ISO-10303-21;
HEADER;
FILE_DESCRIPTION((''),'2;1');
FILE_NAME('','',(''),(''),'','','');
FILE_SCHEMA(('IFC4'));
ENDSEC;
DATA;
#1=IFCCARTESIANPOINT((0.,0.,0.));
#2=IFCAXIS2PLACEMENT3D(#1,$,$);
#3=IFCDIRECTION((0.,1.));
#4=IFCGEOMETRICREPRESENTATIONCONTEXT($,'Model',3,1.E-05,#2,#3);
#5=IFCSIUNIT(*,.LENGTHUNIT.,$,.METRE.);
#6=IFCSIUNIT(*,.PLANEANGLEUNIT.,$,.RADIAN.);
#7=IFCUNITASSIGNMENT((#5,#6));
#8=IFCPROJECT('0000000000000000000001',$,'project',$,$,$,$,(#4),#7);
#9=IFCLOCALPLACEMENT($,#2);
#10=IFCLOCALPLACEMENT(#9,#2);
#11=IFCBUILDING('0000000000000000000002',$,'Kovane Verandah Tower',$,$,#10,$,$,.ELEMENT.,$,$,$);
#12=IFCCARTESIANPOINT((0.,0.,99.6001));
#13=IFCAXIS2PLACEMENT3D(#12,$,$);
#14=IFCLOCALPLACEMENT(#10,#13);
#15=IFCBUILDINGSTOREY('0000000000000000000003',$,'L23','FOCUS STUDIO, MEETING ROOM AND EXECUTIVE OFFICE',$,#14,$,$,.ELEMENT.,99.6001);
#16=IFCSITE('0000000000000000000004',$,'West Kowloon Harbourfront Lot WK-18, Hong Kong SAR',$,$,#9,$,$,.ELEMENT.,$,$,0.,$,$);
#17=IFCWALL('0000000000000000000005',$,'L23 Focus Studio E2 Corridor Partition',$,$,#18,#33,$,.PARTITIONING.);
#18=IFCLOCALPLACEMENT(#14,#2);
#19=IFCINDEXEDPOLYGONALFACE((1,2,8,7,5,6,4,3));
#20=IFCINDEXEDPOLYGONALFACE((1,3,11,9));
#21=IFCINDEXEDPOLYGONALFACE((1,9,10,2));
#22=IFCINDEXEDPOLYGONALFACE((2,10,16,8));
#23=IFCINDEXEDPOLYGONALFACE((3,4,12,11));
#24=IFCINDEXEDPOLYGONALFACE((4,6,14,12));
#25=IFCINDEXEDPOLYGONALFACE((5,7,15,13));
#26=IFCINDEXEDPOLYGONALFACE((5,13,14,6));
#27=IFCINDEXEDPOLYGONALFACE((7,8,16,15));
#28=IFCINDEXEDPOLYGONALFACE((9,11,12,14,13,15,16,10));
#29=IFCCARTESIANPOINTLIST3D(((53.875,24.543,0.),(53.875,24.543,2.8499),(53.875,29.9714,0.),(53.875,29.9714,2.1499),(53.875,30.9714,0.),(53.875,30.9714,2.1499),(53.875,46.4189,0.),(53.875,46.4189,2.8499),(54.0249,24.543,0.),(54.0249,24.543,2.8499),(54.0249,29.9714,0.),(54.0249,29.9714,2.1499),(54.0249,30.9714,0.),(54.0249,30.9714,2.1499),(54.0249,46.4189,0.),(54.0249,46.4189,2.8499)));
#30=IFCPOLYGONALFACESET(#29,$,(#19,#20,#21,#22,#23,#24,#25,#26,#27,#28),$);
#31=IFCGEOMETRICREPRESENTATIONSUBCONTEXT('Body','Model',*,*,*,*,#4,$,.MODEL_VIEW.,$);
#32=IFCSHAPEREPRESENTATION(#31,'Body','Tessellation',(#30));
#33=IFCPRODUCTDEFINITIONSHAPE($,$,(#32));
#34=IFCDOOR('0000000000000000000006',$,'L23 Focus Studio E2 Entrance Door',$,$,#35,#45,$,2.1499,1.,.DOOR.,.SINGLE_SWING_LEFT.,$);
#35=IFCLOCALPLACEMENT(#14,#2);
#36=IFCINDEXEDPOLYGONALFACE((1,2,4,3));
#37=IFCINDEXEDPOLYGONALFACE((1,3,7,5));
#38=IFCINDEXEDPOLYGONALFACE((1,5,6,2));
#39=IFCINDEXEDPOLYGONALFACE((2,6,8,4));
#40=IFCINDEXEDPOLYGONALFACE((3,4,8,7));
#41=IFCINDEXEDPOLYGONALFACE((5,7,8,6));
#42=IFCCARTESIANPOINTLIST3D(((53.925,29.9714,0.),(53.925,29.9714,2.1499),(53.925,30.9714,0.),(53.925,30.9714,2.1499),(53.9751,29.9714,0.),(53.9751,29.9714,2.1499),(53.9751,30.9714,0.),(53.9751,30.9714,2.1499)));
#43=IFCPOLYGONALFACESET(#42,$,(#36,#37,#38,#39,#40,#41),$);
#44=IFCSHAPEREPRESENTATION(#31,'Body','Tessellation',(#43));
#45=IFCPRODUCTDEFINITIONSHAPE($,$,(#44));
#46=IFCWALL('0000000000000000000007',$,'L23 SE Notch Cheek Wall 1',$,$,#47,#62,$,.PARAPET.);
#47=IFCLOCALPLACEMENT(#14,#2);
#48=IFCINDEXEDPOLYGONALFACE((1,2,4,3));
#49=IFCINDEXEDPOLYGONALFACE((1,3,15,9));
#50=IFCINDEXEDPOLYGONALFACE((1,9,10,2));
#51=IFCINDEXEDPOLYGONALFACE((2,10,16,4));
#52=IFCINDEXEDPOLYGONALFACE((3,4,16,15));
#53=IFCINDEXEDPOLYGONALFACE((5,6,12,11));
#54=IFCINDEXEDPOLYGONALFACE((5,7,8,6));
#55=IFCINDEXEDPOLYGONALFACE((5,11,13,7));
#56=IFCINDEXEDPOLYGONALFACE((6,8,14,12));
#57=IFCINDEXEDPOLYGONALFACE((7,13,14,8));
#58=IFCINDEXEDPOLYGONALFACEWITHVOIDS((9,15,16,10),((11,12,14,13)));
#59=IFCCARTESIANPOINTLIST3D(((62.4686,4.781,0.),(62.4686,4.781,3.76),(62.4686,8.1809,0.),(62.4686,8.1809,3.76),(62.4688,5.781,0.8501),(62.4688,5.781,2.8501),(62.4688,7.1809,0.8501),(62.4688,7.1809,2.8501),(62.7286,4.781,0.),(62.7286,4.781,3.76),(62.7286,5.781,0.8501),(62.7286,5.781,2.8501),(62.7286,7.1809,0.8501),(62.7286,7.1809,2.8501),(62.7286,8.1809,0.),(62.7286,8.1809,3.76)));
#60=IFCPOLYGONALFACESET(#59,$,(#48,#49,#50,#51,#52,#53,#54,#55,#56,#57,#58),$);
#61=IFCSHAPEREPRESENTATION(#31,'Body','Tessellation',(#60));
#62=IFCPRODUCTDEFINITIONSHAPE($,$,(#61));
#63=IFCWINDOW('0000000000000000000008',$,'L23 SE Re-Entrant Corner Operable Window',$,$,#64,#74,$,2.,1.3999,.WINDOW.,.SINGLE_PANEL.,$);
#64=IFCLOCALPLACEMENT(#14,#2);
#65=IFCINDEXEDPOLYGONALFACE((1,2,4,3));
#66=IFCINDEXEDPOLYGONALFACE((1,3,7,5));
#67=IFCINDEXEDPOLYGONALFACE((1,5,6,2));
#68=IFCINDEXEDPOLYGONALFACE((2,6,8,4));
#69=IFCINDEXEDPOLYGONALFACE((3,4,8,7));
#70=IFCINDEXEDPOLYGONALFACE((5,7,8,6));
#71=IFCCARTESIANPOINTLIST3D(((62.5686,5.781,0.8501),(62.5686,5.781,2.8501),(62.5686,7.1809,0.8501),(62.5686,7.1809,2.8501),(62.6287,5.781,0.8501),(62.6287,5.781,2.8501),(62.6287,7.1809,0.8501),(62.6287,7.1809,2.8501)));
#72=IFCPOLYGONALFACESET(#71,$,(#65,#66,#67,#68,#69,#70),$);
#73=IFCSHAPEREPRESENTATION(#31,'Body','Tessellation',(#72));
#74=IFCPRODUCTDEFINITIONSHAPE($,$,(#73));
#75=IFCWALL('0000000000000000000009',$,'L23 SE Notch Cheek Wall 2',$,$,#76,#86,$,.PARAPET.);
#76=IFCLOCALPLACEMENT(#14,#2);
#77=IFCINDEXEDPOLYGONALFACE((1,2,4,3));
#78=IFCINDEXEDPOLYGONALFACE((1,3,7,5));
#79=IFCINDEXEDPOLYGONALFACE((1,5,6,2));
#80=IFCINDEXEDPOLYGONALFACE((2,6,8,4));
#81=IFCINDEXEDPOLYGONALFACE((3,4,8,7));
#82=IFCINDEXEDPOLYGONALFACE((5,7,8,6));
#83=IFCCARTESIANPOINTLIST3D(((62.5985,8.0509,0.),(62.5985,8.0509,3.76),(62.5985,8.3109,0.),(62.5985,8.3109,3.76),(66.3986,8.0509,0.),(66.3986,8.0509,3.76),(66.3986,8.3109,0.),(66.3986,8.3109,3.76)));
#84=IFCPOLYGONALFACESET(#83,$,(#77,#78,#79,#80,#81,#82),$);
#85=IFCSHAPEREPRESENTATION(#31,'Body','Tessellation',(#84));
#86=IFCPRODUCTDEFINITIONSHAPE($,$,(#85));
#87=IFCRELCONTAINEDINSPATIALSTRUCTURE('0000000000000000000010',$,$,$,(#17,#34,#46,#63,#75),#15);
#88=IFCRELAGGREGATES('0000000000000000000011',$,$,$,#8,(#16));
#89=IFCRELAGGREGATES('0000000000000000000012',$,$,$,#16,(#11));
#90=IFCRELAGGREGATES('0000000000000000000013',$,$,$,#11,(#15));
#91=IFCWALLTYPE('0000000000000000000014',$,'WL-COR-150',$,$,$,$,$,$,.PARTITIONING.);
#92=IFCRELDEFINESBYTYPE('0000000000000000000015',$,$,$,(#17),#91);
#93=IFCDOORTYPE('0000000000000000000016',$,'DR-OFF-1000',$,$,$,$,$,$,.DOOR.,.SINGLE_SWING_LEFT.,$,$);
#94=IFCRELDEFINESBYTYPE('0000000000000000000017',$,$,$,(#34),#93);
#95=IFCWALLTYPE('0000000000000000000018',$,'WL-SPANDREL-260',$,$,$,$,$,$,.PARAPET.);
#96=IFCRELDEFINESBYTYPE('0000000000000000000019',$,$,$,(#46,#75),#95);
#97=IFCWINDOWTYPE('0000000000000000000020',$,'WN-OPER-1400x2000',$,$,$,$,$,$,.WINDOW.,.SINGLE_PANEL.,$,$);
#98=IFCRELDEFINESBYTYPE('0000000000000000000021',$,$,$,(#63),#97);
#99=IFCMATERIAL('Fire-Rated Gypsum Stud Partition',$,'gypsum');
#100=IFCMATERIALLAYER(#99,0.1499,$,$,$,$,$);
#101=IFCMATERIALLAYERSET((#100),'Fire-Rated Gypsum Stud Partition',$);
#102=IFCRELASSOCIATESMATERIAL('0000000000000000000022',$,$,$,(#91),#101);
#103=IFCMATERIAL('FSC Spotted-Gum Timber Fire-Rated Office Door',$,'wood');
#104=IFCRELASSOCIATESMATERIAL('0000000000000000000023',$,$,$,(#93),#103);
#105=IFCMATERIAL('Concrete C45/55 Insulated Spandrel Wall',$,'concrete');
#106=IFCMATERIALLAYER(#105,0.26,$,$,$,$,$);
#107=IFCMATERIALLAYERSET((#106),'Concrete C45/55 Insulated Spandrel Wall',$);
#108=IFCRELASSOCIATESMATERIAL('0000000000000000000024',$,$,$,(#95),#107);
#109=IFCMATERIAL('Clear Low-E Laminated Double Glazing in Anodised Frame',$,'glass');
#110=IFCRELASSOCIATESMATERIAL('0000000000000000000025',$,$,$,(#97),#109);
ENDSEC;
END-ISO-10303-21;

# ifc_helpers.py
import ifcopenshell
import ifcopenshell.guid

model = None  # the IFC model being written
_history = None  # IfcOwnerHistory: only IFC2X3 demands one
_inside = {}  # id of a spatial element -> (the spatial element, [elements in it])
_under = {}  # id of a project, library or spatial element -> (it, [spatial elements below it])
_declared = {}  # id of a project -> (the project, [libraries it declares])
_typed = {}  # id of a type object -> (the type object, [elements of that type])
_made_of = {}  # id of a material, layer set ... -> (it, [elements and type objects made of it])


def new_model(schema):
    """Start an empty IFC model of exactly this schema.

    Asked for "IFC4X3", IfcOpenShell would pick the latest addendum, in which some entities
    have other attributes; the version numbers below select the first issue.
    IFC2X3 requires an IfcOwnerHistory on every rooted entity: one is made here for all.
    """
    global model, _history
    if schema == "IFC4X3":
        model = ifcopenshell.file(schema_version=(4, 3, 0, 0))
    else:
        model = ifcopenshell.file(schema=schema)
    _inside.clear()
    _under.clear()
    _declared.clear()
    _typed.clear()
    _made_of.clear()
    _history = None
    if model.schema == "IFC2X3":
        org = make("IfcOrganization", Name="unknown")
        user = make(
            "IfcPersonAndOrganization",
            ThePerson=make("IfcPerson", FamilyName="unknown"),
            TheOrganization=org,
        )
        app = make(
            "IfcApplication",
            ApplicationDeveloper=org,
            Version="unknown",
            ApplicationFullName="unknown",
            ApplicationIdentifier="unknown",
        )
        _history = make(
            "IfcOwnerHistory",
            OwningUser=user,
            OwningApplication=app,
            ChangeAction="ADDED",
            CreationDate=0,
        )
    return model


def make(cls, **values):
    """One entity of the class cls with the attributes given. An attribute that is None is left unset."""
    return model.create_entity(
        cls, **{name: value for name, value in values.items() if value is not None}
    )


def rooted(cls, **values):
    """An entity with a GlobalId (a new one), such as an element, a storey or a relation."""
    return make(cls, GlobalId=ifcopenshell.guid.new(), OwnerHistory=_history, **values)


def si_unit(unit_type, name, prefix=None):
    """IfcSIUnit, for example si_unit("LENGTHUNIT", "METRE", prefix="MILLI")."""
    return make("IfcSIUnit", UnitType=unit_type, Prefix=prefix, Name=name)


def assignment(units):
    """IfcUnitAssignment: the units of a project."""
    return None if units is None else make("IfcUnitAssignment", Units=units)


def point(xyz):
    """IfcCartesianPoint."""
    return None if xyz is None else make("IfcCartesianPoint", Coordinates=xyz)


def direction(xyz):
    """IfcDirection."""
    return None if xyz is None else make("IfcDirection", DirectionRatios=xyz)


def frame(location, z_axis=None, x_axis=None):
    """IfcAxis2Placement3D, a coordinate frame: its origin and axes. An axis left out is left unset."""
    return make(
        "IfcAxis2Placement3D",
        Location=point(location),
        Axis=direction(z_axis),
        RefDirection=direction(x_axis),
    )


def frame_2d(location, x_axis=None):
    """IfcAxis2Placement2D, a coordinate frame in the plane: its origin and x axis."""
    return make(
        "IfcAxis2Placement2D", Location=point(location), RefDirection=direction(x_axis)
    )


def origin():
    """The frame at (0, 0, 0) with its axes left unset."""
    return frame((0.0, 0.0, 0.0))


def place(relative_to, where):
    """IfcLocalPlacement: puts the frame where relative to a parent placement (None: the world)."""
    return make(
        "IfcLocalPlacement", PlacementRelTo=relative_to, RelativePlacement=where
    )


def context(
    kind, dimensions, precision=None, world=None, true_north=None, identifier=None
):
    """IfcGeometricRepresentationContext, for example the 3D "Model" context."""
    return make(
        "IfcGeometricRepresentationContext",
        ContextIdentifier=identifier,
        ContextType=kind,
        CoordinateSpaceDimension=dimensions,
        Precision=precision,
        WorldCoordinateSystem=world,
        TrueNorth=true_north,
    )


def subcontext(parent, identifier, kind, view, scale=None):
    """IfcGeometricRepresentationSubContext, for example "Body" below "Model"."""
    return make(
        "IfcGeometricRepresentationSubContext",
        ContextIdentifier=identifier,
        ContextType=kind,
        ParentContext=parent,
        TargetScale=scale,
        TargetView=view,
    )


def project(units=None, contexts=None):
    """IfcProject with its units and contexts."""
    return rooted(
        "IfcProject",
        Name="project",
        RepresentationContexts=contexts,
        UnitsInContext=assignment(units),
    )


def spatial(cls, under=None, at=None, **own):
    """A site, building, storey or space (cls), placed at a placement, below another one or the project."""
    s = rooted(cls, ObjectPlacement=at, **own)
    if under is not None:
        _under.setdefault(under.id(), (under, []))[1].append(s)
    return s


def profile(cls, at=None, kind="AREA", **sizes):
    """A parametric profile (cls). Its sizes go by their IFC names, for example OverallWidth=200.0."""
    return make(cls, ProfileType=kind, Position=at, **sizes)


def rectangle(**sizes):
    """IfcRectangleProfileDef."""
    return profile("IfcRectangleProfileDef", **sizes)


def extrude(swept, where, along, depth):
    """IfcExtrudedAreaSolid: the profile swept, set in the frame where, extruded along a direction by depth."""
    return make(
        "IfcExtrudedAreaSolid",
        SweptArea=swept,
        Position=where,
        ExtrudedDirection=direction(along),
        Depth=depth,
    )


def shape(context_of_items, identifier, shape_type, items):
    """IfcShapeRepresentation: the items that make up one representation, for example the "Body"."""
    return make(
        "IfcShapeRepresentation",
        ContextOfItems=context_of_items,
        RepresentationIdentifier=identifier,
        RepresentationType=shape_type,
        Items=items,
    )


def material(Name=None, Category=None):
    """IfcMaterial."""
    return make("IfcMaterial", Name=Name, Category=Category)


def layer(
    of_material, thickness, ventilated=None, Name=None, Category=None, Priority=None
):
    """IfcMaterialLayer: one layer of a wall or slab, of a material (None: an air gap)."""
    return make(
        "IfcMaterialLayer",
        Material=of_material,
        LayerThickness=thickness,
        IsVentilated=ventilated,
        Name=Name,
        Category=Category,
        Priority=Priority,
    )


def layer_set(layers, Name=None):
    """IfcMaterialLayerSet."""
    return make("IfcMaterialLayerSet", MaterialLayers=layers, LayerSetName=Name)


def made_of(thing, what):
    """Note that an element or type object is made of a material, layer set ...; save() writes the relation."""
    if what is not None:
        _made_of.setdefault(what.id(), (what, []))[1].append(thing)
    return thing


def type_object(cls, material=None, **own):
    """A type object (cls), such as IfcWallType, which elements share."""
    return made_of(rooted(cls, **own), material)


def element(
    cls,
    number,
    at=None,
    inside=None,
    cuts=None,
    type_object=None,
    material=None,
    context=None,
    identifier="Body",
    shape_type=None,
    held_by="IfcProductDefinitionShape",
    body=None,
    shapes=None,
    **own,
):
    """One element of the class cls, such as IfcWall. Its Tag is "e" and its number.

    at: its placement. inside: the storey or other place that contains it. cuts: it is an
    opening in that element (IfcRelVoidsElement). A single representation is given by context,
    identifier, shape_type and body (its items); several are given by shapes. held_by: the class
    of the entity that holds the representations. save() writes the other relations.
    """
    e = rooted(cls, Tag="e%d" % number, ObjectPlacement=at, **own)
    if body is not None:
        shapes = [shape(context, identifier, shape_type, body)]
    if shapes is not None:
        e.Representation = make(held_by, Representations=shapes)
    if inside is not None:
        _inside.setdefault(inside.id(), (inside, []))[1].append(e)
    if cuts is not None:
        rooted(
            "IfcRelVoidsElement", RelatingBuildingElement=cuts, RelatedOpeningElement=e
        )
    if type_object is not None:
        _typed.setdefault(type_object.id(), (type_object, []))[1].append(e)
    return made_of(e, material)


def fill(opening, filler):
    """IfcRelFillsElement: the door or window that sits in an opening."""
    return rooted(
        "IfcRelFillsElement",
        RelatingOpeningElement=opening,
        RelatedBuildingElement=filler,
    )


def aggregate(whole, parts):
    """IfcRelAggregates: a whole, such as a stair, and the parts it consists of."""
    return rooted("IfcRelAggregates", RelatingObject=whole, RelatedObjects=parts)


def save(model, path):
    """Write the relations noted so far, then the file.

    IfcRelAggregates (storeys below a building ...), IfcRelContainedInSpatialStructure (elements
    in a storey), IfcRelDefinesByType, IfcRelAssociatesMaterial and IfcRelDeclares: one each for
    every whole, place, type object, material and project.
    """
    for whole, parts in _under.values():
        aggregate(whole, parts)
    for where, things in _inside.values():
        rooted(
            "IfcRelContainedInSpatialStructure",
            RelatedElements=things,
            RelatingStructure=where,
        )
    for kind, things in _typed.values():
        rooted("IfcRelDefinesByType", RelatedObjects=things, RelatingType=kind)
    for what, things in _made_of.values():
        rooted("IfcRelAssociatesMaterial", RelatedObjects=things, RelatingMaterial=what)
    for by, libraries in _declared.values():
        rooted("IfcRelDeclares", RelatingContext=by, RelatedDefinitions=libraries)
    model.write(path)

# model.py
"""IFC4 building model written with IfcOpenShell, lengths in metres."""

from ifc_helpers import new_model, si_unit, direction, frame, frame_2d, origin, place, context, subcontext, project, spatial, rectangle, extrude, material, layer, layer_set, type_object, element, fill, save


model = new_model("IFC4")

# Units and contexts
model_context = context("Model", 3, precision=1e-05, world=origin(), true_north=direction((0.0, 1.0)))
body_context = subcontext(model_context, "Body", "Model", "MODEL_VIEW")
ifc_project = project(units=[si_unit("LENGTHUNIT", "METRE"), si_unit("PLANEANGLEUNIT", "RADIAN")], contexts=[model_context])

# Site, building, storey
site_placement = place(None, origin())
site = spatial("IfcSite", under=ifc_project, at=site_placement, Name="West Kowloon Harbourfront Lot WK-18, Hong Kong SAR", CompositionType="ELEMENT", RefElevation=0.0)
building_placement = place(site_placement, origin())
building = spatial("IfcBuilding", under=site, at=building_placement, Name="Kovane Verandah Tower", CompositionType="ELEMENT")
storey_placement = place(building_placement, frame((0.0, 0.0, 99.6001)))
storey = spatial("IfcBuildingStorey", under=building, at=storey_placement, Name="L23", Description="FOCUS STUDIO, MEETING ROOM AND EXECUTIVE OFFICE", CompositionType="ELEMENT", Elevation=99.6001)

# Wall, opening, door
ifc_material_1 = material(Name="Fire-Rated Gypsum Stud Partition", Category="gypsum")
ifc_layer_1 = layer(ifc_material_1, 0.1499)
ifc_layer_set_1 = layer_set([ifc_layer_1], Name="Fire-Rated Gypsum Stud Partition")
wall_type_1 = type_object("IfcWallType", Name="WL-COR-150", PredefinedType="PARTITIONING", material=ifc_layer_set_1)
wall_1_placement = place(storey_placement, frame((53.95, 24.543, 0.0), z_axis=(0.0, 0.0, 1.0), x_axis=(0.0, 1.0, 0.0)))
wall_1 = element("IfcWall", 1, at=wall_1_placement, inside=storey, type_object=wall_type_1, Name="L23 Focus Studio E2 Corridor Partition", PredefinedType="PARTITIONING", context=body_context, shape_type="SweptSolid", body=[
    extrude(rectangle(XDim=21.876, YDim=0.1499, at=frame_2d((10.938, 0.0))), origin(), (0.0, 0.0, 1.0), 2.8499),
])
opening_1_placement = place(wall_1_placement, frame((5.4285, 0.0, 0.0)))
opening_1 = element("IfcOpeningElement", 2, at=opening_1_placement, cuts=wall_1, PredefinedType="OPENING", context=body_context, shape_type="SweptSolid", body=[
    extrude(rectangle(XDim=1.0, YDim=2.1499, at=frame_2d((0.5, 1.075))), frame((0.0, 0.075, 0.0), z_axis=(0.0, -1.0, 0.0), x_axis=(1.0, 0.0, 0.0)), (0.0, 0.0, 1.0), 0.1499),
])
ifc_material_2 = material(Name="FSC Spotted-Gum Timber Fire-Rated Office Door", Category="wood")
door_type_1 = type_object("IfcDoorType", Name="DR-OFF-1000", OperationType="SINGLE_SWING_LEFT", PredefinedType="DOOR", material=ifc_material_2)
door_1_placement = place(opening_1_placement, origin())
door_1 = element("IfcDoor", 3, at=door_1_placement, inside=storey, type_object=door_type_1, Name="L23 Focus Studio E2 Entrance Door", OperationType="SINGLE_SWING_LEFT", OverallHeight=2.1499, OverallWidth=1.0, PredefinedType="DOOR", context=body_context, shape_type="SweptSolid", body=[
    extrude(rectangle(XDim=1.0, YDim=2.1499, at=frame_2d((0.5, 1.075))), frame((0.0, 0.0249, 0.0), z_axis=(0.0, -1.0, 0.0), x_axis=(1.0, 0.0, 0.0)), (0.0, 0.0, 1.0), 0.05),
])
fill(opening_1, door_1)

# Shared definitions
ifc_material_3 = material(Name="Concrete C45/55 Insulated Spandrel Wall", Category="concrete")
ifc_layer_2 = layer(ifc_material_3, 0.26)
ifc_layer_set_2 = layer_set([ifc_layer_2], Name="Concrete C45/55 Insulated Spandrel Wall")
wall_type_2 = type_object("IfcWallType", Name="WL-SPANDREL-260", PredefinedType="PARAPET", material=ifc_layer_set_2)
ifc_material_4 = material(Name="Clear Low-E Laminated Double Glazing in Anodised Frame", Category="glass")

# Wall, opening, window
wall_2_placement = place(storey_placement, frame((62.5986, 4.781, 0.0), z_axis=(0.0, 0.0, 1.0), x_axis=(0.0, 1.0, 0.0)))
wall_2 = element("IfcWall", 4, at=wall_2_placement, inside=storey, type_object=wall_type_2, Name="L23 SE Notch Cheek Wall 1", PredefinedType="PARAPET", context=body_context, shape_type="SweptSolid", body=[
    extrude(rectangle(XDim=3.3999, YDim=0.26, at=frame_2d((1.7, 0.0))), origin(), (0.0, 0.0, 1.0), 3.76),
])
opening_2_placement = place(wall_2_placement, frame((1.0, 0.0, 0.8501)))
opening_2 = element("IfcOpeningElement", 5, at=opening_2_placement, cuts=wall_2, PredefinedType="OPENING", context=body_context, shape_type="SweptSolid", body=[
    extrude(rectangle(XDim=1.3999, YDim=2.0, at=frame_2d((0.7, 1.0))), frame((0.0, 0.1299, 0.0), z_axis=(0.0, -1.0, 0.0), x_axis=(1.0, 0.0, 0.0)), (0.0, 0.0, 1.0), 0.26),
])
window_type_1 = type_object("IfcWindowType", Name="WN-OPER-1400x2000", PartitioningType="SINGLE_PANEL", PredefinedType="WINDOW", material=ifc_material_4)
window_1_placement = place(opening_2_placement, origin())
window_1 = element("IfcWindow", 6, at=window_1_placement, inside=storey, type_object=window_type_1, Name="L23 SE Re-Entrant Corner Operable Window", OverallHeight=2.0, OverallWidth=1.3999, PartitioningType="SINGLE_PANEL", PredefinedType="WINDOW", context=body_context, shape_type="SweptSolid", body=[
    extrude(rectangle(XDim=1.3999, YDim=2.0, at=frame_2d((0.7, 1.0))), frame((0.0, 0.03, 0.0), z_axis=(0.0, -1.0, 0.0), x_axis=(1.0, 0.0, 0.0)), (0.0, 0.0, 1.0), 0.0601),
])
fill(opening_2, window_1)

# Wall
wall_3_placement = place(storey_placement, frame((62.5986, 8.1809, 0.0), z_axis=(0.0, 0.0, 1.0), x_axis=(1.0, 0.0, 0.0)))
element("IfcWall", 7, at=wall_3_placement, inside=storey, type_object=wall_type_2, Name="L23 SE Notch Cheek Wall 2", PredefinedType="PARAPET", context=body_context, shape_type="SweptSolid", body=[
    extrude(rectangle(XDim=3.8, YDim=0.26, at=frame_2d((1.8999, 0.0))), origin(), (0.0, 0.0, 1.0), 3.76),
])

save(model, "model.ifc")
